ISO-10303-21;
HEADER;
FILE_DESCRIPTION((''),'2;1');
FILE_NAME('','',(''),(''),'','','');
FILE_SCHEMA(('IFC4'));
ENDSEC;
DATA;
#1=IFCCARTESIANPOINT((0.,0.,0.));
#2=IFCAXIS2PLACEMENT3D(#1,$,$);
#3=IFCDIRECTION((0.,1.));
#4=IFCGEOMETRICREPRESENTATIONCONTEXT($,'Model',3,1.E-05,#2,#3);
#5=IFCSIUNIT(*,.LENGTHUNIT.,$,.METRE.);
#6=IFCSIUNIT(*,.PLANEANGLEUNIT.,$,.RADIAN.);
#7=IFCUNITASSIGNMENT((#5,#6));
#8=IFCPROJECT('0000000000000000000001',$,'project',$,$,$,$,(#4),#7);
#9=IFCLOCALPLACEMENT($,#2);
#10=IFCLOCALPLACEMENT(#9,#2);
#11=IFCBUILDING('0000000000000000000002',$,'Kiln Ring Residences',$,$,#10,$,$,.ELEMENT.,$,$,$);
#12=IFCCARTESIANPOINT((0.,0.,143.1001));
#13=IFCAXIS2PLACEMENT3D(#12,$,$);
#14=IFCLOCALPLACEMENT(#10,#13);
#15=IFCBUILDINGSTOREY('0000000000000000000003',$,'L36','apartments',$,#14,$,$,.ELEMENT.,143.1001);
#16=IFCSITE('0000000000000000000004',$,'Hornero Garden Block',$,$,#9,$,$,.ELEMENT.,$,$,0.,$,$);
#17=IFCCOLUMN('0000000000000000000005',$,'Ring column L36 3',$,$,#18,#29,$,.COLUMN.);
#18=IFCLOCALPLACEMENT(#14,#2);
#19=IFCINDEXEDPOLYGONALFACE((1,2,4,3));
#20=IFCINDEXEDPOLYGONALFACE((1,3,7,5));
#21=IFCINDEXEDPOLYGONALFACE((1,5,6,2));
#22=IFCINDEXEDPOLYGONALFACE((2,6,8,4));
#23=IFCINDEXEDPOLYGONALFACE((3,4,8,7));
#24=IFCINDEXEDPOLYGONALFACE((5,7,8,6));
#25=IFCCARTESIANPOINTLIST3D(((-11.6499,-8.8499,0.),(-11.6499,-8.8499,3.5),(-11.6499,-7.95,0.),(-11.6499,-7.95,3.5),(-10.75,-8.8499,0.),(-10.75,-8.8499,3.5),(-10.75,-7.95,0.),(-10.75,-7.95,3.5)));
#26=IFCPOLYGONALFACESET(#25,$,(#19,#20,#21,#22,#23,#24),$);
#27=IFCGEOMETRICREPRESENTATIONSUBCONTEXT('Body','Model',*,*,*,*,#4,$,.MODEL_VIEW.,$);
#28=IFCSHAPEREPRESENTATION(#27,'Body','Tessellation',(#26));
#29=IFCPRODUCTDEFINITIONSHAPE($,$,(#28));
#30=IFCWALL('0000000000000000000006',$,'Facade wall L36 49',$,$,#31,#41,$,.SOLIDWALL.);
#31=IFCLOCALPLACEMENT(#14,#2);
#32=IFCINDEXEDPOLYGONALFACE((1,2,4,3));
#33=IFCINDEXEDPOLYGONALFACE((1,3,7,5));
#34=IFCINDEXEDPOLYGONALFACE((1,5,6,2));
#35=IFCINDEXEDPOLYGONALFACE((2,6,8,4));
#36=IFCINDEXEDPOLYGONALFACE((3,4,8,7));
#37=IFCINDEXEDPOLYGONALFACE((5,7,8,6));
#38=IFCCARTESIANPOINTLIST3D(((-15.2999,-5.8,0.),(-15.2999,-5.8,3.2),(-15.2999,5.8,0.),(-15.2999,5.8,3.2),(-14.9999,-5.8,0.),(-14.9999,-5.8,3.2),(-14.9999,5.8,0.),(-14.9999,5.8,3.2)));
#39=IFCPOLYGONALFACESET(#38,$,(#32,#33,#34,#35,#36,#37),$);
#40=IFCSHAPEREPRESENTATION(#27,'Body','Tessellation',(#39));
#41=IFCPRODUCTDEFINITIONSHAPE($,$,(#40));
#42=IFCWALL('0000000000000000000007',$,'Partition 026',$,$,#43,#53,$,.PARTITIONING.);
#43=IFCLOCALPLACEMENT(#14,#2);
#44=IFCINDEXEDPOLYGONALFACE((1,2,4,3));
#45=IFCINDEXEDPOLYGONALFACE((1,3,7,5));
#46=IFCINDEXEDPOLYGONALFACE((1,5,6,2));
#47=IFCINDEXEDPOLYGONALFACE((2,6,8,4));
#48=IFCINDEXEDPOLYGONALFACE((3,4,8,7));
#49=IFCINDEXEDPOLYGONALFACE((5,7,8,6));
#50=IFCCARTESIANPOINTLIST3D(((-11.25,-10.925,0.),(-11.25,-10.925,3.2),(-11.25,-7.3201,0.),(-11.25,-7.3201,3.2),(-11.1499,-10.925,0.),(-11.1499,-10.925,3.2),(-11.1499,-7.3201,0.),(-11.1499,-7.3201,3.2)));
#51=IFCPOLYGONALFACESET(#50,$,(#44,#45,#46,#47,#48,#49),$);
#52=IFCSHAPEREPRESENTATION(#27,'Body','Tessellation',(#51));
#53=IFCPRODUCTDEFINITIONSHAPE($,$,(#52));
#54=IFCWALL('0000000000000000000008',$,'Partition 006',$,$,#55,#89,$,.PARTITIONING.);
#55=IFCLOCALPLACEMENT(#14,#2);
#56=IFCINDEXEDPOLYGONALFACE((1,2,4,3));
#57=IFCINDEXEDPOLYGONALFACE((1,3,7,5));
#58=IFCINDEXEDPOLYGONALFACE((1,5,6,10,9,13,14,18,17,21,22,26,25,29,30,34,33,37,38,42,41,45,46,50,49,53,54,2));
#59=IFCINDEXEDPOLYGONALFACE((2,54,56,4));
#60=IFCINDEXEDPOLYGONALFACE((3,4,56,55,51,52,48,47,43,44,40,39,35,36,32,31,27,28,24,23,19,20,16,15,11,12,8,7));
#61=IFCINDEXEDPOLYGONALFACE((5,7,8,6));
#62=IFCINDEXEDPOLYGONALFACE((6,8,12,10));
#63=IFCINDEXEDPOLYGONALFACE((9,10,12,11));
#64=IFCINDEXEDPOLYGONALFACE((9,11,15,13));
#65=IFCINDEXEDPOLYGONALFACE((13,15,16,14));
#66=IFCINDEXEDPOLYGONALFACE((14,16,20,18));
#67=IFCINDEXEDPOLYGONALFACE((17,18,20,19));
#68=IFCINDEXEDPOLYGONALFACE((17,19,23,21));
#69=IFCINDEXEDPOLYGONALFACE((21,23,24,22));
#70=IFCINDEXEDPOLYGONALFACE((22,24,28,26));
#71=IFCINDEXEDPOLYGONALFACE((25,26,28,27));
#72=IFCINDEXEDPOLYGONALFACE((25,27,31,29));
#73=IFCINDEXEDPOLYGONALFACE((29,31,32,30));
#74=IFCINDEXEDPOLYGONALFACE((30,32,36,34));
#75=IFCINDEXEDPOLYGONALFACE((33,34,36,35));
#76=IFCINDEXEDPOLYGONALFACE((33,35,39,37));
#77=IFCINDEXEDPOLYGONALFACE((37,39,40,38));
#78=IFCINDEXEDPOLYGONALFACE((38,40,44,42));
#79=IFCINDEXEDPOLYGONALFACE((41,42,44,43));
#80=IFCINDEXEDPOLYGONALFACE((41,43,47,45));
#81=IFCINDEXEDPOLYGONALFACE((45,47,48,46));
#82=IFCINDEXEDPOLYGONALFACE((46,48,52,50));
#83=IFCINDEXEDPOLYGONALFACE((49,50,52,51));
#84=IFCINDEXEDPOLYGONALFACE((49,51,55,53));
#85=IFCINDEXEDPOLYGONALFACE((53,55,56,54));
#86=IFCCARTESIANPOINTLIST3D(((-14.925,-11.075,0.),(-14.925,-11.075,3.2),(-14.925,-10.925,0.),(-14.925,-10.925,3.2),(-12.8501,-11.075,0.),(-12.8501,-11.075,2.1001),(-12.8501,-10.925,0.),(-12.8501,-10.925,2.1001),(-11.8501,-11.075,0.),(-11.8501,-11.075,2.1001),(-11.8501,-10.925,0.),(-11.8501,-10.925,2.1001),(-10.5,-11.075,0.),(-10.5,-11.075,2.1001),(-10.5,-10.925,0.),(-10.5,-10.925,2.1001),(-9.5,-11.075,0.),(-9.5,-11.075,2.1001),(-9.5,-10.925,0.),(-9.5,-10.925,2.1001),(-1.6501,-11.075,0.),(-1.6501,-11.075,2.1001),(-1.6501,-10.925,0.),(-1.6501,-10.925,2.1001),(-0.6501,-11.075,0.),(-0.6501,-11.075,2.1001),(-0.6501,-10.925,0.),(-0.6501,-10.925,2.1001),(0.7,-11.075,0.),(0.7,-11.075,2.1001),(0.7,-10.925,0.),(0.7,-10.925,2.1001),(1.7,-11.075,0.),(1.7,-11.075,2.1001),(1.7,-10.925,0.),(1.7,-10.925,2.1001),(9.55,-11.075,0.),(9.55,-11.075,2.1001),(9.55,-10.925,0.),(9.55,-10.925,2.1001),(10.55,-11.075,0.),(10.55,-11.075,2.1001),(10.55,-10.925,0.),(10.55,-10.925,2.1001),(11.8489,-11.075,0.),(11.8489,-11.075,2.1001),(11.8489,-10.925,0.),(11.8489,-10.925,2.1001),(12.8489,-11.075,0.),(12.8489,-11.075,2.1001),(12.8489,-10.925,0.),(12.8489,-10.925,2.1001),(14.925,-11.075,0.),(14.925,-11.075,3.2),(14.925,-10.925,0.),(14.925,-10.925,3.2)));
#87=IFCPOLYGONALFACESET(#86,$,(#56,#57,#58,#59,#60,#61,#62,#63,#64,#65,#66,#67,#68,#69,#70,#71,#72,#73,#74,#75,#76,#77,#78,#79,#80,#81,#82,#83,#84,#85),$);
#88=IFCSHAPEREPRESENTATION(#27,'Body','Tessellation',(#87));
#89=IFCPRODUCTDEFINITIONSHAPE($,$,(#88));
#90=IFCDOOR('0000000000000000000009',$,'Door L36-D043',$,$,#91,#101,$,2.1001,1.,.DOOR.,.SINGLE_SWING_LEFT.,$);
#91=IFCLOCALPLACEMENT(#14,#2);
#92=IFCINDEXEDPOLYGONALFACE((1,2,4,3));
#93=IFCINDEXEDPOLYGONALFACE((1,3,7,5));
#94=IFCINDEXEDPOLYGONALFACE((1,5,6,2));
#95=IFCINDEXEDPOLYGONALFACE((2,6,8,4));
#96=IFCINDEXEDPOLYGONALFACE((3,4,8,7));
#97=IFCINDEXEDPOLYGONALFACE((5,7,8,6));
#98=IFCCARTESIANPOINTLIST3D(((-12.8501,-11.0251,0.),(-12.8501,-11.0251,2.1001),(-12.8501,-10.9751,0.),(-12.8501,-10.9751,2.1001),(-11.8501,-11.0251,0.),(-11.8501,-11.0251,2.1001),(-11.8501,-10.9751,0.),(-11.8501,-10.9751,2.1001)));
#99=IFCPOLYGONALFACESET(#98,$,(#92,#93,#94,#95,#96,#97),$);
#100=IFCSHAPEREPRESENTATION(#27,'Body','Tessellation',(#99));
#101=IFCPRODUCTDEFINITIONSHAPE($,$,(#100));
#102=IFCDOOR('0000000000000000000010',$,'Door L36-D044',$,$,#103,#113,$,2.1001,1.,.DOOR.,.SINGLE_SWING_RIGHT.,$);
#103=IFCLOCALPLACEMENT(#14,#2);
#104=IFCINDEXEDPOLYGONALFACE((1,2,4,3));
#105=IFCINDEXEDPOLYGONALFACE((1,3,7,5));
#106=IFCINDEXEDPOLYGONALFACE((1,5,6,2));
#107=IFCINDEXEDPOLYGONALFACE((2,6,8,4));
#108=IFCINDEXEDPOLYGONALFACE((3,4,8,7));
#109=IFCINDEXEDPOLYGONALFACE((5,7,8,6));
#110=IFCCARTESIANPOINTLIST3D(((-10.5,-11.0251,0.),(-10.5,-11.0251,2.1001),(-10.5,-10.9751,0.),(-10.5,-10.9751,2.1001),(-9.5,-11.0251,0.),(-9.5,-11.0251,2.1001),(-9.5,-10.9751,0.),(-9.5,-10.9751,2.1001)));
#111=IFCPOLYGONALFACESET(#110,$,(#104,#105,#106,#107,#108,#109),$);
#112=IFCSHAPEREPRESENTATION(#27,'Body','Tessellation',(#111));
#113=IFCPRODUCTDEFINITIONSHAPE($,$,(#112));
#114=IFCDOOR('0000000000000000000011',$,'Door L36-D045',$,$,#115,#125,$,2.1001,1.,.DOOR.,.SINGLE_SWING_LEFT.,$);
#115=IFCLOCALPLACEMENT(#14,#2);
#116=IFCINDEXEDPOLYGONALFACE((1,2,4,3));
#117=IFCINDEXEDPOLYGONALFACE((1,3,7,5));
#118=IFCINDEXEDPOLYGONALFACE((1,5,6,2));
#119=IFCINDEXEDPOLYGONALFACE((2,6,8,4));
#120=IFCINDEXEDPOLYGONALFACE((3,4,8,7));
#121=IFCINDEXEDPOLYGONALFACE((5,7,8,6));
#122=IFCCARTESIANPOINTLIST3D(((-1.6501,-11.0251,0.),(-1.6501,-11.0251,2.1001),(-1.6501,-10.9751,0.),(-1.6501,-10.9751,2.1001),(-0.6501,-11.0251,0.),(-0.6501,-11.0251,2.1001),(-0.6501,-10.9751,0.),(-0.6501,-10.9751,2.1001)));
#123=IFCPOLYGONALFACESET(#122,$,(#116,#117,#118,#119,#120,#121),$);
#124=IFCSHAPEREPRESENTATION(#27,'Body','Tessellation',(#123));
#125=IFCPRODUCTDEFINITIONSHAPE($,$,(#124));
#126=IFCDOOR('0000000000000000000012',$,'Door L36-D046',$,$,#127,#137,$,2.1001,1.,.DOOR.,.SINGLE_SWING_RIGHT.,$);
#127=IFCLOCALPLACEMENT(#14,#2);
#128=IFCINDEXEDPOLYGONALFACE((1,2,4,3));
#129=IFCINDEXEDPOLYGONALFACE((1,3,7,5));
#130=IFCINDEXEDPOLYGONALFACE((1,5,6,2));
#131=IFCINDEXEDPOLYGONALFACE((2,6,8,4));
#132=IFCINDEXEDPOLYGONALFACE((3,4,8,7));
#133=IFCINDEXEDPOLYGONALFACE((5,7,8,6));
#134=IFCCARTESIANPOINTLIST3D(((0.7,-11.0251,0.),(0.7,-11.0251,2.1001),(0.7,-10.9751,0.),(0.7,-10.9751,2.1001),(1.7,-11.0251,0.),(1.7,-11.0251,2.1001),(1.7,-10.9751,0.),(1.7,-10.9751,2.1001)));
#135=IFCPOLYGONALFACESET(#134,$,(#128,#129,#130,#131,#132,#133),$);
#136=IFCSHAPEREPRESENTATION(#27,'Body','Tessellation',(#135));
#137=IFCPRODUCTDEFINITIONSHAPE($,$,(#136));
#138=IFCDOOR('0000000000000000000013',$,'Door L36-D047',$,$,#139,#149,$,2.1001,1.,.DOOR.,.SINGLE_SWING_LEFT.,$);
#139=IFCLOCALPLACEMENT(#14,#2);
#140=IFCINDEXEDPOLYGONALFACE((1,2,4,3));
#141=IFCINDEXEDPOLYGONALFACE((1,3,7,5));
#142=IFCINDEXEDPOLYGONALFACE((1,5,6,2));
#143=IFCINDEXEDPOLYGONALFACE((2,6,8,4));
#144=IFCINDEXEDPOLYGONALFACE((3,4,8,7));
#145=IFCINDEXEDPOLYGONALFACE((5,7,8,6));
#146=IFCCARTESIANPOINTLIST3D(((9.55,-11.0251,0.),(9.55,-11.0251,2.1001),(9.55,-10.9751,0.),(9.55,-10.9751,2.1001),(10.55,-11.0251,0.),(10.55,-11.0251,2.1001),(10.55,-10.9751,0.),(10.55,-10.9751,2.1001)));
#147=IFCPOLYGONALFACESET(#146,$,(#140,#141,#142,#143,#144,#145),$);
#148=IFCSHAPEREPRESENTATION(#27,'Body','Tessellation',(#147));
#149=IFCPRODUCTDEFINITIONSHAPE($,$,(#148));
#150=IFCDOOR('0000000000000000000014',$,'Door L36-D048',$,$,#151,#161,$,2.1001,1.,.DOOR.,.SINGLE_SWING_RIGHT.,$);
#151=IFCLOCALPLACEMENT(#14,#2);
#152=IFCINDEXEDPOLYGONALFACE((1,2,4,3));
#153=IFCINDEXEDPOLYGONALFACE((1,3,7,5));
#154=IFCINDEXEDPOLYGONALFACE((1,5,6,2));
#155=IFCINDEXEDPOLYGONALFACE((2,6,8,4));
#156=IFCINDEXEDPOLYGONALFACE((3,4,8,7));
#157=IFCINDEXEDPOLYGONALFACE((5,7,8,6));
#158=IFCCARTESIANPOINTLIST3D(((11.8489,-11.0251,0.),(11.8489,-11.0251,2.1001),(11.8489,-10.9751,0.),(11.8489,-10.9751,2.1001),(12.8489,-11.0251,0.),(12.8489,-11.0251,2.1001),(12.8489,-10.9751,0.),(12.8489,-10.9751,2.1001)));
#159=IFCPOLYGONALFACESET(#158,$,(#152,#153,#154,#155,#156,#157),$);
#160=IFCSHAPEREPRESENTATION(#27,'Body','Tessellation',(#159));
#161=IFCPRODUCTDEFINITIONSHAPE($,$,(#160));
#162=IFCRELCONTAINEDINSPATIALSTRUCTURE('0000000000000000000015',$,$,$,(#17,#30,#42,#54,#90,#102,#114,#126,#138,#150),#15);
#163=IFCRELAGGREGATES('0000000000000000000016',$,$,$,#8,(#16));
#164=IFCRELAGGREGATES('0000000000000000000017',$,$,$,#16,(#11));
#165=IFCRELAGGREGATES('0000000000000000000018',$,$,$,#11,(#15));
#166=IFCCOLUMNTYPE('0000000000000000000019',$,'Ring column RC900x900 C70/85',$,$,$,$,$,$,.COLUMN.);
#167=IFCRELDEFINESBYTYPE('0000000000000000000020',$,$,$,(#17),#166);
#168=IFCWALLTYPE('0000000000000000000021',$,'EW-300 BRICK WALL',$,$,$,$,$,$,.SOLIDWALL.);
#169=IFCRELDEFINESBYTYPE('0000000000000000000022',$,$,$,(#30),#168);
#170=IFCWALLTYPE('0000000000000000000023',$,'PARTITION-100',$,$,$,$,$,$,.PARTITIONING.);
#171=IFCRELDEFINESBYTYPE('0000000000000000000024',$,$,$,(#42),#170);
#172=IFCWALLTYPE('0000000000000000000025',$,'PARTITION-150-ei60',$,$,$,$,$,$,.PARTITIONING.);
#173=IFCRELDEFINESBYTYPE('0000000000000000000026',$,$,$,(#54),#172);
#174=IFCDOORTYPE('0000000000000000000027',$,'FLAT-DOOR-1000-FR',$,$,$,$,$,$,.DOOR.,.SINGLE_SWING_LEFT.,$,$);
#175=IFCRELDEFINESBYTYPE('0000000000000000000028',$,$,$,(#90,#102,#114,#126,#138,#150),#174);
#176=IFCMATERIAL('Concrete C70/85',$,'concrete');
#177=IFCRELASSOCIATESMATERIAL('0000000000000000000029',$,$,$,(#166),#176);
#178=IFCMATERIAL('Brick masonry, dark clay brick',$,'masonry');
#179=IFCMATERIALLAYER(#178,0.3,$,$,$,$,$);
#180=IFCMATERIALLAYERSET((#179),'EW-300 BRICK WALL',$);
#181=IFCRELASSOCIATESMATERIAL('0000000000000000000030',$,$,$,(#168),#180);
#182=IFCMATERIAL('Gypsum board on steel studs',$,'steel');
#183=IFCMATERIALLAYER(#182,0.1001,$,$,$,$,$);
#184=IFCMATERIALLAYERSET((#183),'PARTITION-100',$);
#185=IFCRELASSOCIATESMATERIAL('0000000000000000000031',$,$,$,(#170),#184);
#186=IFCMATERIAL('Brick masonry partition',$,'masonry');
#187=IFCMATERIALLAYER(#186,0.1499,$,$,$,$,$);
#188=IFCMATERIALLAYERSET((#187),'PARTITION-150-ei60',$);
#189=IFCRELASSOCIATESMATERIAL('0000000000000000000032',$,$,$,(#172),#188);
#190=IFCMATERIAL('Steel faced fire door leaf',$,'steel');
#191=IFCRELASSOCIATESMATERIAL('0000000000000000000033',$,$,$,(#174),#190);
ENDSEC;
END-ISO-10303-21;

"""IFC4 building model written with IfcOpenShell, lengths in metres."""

from ifc_helpers import new_model, si_unit, direction, frame, frame_2d, origin, origin_2d, place, context, subcontext, project, spatial, rectangle, extrude, material, layer, layer_set, material_profile, profile_set, type_object, element, fill, save


model = new_model("IFC4")

# Units and contexts
model_context = context("Model", 3, precision=1e-05, world=origin(), true_north=direction((0.0, 1.0)))
body_context = subcontext(model_context, "Body", "Model", "MODEL_VIEW")
ifc_project = project(units=[si_unit("LENGTHUNIT", "METRE"), si_unit("PLANEANGLEUNIT", "RADIAN")], contexts=[model_context])

# Site, building, storey
site_placement = place(None, origin())
site = spatial("IfcSite", under=ifc_project, at=site_placement, Name="Hornero Garden Block", CompositionType="ELEMENT", RefElevation=0.0)
building_placement = place(site_placement, origin())
building = spatial("IfcBuilding", under=site, at=building_placement, Name="Kiln Ring Residences", CompositionType="ELEMENT")
storey_placement = place(building_placement, frame((0.0, 0.0, 143.1001)))
storey = spatial("IfcBuildingStorey", under=building, at=storey_placement, Name="L36", Description="apartments", CompositionType="ELEMENT", Elevation=143.1001)

# Column
ifc_material_1 = material(Name="Concrete C70/85", Category="concrete")
ifc_material_profile = material_profile(ifc_material_1, rectangle(XDim=0.8999, YDim=0.8999, at=origin_2d()), Name="RC900x900")
ifc_profile_set = profile_set([ifc_material_profile], Name="Concrete C70/85")
column_type = type_object("IfcColumnType", Name="Ring column RC900x900 C70/85", PredefinedType="COLUMN", material=ifc_profile_set)
column_placement = place(storey_placement, frame((-11.2, -8.3999, 0.0), z_axis=(0.0, 0.0, 1.0), x_axis=(1.0, 0.0, 0.0)))
element("IfcColumn", 1, at=column_placement, inside=storey, type_object=column_type, Name="Ring column L36 3", PredefinedType="COLUMN", context=body_context, shape_type="SweptSolid", body=[
    extrude(rectangle(XDim=0.8999, YDim=0.8999, at=origin_2d()), origin(), (0.0, 0.0, 1.0), 3.5),
])

# Walls
ifc_material_2 = material(Name="Brick masonry, dark clay brick", Category="masonry")
ifc_layer_1 = layer(ifc_material_2, 0.3)
ifc_layer_set_1 = layer_set([ifc_layer_1], Name="EW-300 BRICK WALL")
wall_type_1 = type_object("IfcWallType", Name="EW-300 BRICK WALL", PredefinedType="SOLIDWALL", material=ifc_layer_set_1)
wall_1_placement = place(storey_placement, frame((-15.1499, -5.8, 0.0), z_axis=(0.0, 0.0, 1.0), x_axis=(0.0, 1.0, 0.0)))
element("IfcWall", 2, at=wall_1_placement, inside=storey, type_object=wall_type_1, Name="Facade wall L36 49", PredefinedType="SOLIDWALL", context=body_context, shape_type="SweptSolid", body=[
    extrude(rectangle(XDim=11.6001, YDim=0.3, at=frame_2d((5.8, 0.0))), origin(), (0.0, 0.0, 1.0), 3.2),
])
ifc_material_3 = material(Name="Gypsum board on steel studs", Category="steel")
ifc_layer_2 = layer(ifc_material_3, 0.1001)
ifc_layer_set_2 = layer_set([ifc_layer_2], Name="PARTITION-100")
wall_type_2 = type_object("IfcWallType", Name="PARTITION-100", PredefinedType="PARTITIONING", material=ifc_layer_set_2)
wall_2_placement = place(storey_placement, frame((-11.2, -10.925, 0.0), z_axis=(0.0, 0.0, 1.0), x_axis=(0.0, 1.0, 0.0)))
element("IfcWall", 3, at=wall_2_placement, inside=storey, type_object=wall_type_2, Name="Partition 026", PredefinedType="PARTITIONING", context=body_context, shape_type="SweptSolid", body=[
    extrude(rectangle(XDim=3.605, YDim=0.1001, at=frame_2d((1.8025, 0.0))), origin(), (0.0, 0.0, 1.0), 3.2),
])

# Wall, openings, doors
ifc_material_4 = material(Name="Brick masonry partition", Category="masonry")
ifc_layer_3 = layer(ifc_material_4, 0.1499)
ifc_layer_set_3 = layer_set([ifc_layer_3], Name="PARTITION-150-ei60")
wall_type_3 = type_object("IfcWallType", Name="PARTITION-150-ei60", PredefinedType="PARTITIONING", material=ifc_layer_set_3)
wall_3_placement = place(storey_placement, frame((-14.925, -11.0, 0.0), z_axis=(0.0, 0.0, 1.0), x_axis=(1.0, 0.0, 0.0)))
wall_3 = element("IfcWall", 4, at=wall_3_placement, inside=storey, type_object=wall_type_3, Name="Partition 006", PredefinedType="PARTITIONING", context=body_context, shape_type="SweptSolid", body=[
    extrude(rectangle(XDim=29.8501, YDim=0.1499, at=frame_2d((14.925, 0.0))), origin(), (0.0, 0.0, 1.0), 3.2),
])
opening_1_placement = place(wall_3_placement, frame((2.075, 0.0, 0.0)))
opening_1 = element("IfcOpeningElement", 5, at=opening_1_placement, cuts=wall_3, PredefinedType="OPENING", context=body_context, shape_type="SweptSolid", body=[
    extrude(rectangle(XDim=1.0, YDim=2.1001, at=frame_2d((0.5, 1.05))), frame((0.0, 0.085, 0.0), z_axis=(0.0, -1.0, 0.0), x_axis=(1.0, 0.0, 0.0)), (0.0, 0.0, 1.0), 0.1699),
])
opening_2_placement = place(wall_3_placement, frame((4.425, 0.0, 0.0)))
opening_2 = element("IfcOpeningElement", 6, at=opening_2_placement, cuts=wall_3, PredefinedType="OPENING", context=body_context, shape_type="SweptSolid", body=[
    extrude(rectangle(XDim=1.0, YDim=2.1001, at=frame_2d((0.5, 1.05))), frame((0.0, 0.085, 0.0), z_axis=(0.0, -1.0, 0.0), x_axis=(1.0, 0.0, 0.0)), (0.0, 0.0, 1.0), 0.1699),
])
opening_3_placement = place(wall_3_placement, frame((13.2749, 0.0, 0.0)))
opening_3 = element("IfcOpeningElement", 7, at=opening_3_placement, cuts=wall_3, PredefinedType="OPENING", context=body_context, shape_type="SweptSolid", body=[
    extrude(rectangle(XDim=1.0, YDim=2.1001, at=frame_2d((0.5, 1.05))), frame((0.0, 0.085, 0.0), z_axis=(0.0, -1.0, 0.0), x_axis=(1.0, 0.0, 0.0)), (0.0, 0.0, 1.0), 0.1699),
])
opening_4_placement = place(wall_3_placement, frame((15.625, 0.0, 0.0)))
opening_4 = element("IfcOpeningElement", 8, at=opening_4_placement, cuts=wall_3, PredefinedType="OPENING", context=body_context, shape_type="SweptSolid", body=[
    extrude(rectangle(XDim=1.0, YDim=2.1001, at=frame_2d((0.5, 1.05))), frame((0.0, 0.085, 0.0), z_axis=(0.0, -1.0, 0.0), x_axis=(1.0, 0.0, 0.0)), (0.0, 0.0, 1.0), 0.1699),
])
opening_5_placement = place(wall_3_placement, frame((24.4751, 0.0, 0.0)))
opening_5 = element("IfcOpeningElement", 9, at=opening_5_placement, cuts=wall_3, PredefinedType="OPENING", context=body_context, shape_type="SweptSolid", body=[
    extrude(rectangle(XDim=1.0, YDim=2.1001, at=frame_2d((0.5, 1.05))), frame((0.0, 0.085, 0.0), z_axis=(0.0, -1.0, 0.0), x_axis=(1.0, 0.0, 0.0)), (0.0, 0.0, 1.0), 0.1699),
])
opening_6_placement = place(wall_3_placement, frame((26.7739, 0.0, 0.0)))
opening_6 = element("IfcOpeningElement", 10, at=opening_6_placement, cuts=wall_3, PredefinedType="OPENING", context=body_context, shape_type="SweptSolid", body=[
    extrude(rectangle(XDim=1.0, YDim=2.1001, at=frame_2d((0.5, 1.05))), frame((0.0, 0.085, 0.0), z_axis=(0.0, -1.0, 0.0), x_axis=(1.0, 0.0, 0.0)), (0.0, 0.0, 1.0), 0.1699),
])
ifc_material_5 = material(Name="Steel faced fire door leaf", Category="steel")
door_type = type_object("IfcDoorType", Name="FLAT-DOOR-1000-FR", OperationType="SINGLE_SWING_LEFT", PredefinedType="DOOR", material=ifc_material_5)
door_1_placement = place(opening_1_placement, origin())
door_1 = element("IfcDoor", 11, at=door_1_placement, inside=storey, type_object=door_type, Name="Door L36-D043", OperationType="SINGLE_SWING_LEFT", OverallHeight=2.1001, OverallWidth=1.0, PredefinedType="DOOR", context=body_context, shape_type="SweptSolid", body=[
    extrude(rectangle(XDim=1.0, YDim=2.1001, at=frame_2d((0.5, 1.05))), frame((0.0, 0.0249, 0.0), z_axis=(0.0, -1.0, 0.0), x_axis=(1.0, 0.0, 0.0)), (0.0, 0.0, 1.0), 0.05),
])
fill(opening_1, door_1)
door_2_placement = place(opening_2_placement, origin())
door_2 = element("IfcDoor", 12, at=door_2_placement, inside=storey, type_object=door_type, Name="Door L36-D044", OperationType="SINGLE_SWING_RIGHT", OverallHeight=2.1001, OverallWidth=1.0, PredefinedType="DOOR", context=body_context, shape_type="SweptSolid", body=[
    extrude(rectangle(XDim=1.0, YDim=2.1001, at=frame_2d((0.5, 1.05))), frame((0.0, 0.0249, 0.0), z_axis=(0.0, -1.0, 0.0), x_axis=(1.0, 0.0, 0.0)), (0.0, 0.0, 1.0), 0.05),
])
fill(opening_2, door_2)
door_3_placement = place(opening_3_placement, origin())
door_3 = element("IfcDoor", 13, at=door_3_placement, inside=storey, type_object=door_type, Name="Door L36-D045", OperationType="SINGLE_SWING_LEFT", OverallHeight=2.1001, OverallWidth=1.0, PredefinedType="DOOR", context=body_context, shape_type="SweptSolid", body=[
    extrude(rectangle(XDim=1.0, YDim=2.1001, at=frame_2d((0.5, 1.05))), frame((0.0, 0.0249, 0.0), z_axis=(0.0, -1.0, 0.0), x_axis=(1.0, 0.0, 0.0)), (0.0, 0.0, 1.0), 0.05),
])
fill(opening_3, door_3)
door_4_placement = place(opening_4_placement, origin())
door_4 = element("IfcDoor", 14, at=door_4_placement, inside=storey, type_object=door_type, Name="Door L36-D046", OperationType="SINGLE_SWING_RIGHT", OverallHeight=2.1001, OverallWidth=1.0, PredefinedType="DOOR", context=body_context, shape_type="SweptSolid", body=[
    extrude(rectangle(XDim=1.0, YDim=2.1001, at=frame_2d((0.5, 1.05))), frame((0.0, 0.0249, 0.0), z_axis=(0.0, -1.0, 0.0), x_axis=(1.0, 0.0, 0.0)), (0.0, 0.0, 1.0), 0.05),
])
fill(opening_4, door_4)
door_5_placement = place(opening_5_placement, origin())
door_5 = element("IfcDoor", 15, at=door_5_placement, inside=storey, type_object=door_type, Name="Door L36-D047", OperationType="SINGLE_SWING_LEFT", OverallHeight=2.1001, OverallWidth=1.0, PredefinedType="DOOR", context=body_context, shape_type="SweptSolid", body=[
    extrude(rectangle(XDim=1.0, YDim=2.1001, at=frame_2d((0.5, 1.05))), frame((0.0, 0.0249, 0.0), z_axis=(0.0, -1.0, 0.0), x_axis=(1.0, 0.0, 0.0)), (0.0, 0.0, 1.0), 0.05),
])
fill(opening_5, door_5)
door_6_placement = place(opening_6_placement, origin())
door_6 = element("IfcDoor", 16, at=door_6_placement, inside=storey, type_object=door_type, Name="Door L36-D048", OperationType="SINGLE_SWING_RIGHT", OverallHeight=2.1001, OverallWidth=1.0, PredefinedType="DOOR", context=body_context, shape_type="SweptSolid", body=[
    extrude(rectangle(XDim=1.0, YDim=2.1001, at=frame_2d((0.5, 1.05))), frame((0.0, 0.0249, 0.0), z_axis=(0.0, -1.0, 0.0), x_axis=(1.0, 0.0, 0.0)), (0.0, 0.0, 1.0), 0.05),
])
fill(opening_6, door_6)

save(model, "model.ifc")
